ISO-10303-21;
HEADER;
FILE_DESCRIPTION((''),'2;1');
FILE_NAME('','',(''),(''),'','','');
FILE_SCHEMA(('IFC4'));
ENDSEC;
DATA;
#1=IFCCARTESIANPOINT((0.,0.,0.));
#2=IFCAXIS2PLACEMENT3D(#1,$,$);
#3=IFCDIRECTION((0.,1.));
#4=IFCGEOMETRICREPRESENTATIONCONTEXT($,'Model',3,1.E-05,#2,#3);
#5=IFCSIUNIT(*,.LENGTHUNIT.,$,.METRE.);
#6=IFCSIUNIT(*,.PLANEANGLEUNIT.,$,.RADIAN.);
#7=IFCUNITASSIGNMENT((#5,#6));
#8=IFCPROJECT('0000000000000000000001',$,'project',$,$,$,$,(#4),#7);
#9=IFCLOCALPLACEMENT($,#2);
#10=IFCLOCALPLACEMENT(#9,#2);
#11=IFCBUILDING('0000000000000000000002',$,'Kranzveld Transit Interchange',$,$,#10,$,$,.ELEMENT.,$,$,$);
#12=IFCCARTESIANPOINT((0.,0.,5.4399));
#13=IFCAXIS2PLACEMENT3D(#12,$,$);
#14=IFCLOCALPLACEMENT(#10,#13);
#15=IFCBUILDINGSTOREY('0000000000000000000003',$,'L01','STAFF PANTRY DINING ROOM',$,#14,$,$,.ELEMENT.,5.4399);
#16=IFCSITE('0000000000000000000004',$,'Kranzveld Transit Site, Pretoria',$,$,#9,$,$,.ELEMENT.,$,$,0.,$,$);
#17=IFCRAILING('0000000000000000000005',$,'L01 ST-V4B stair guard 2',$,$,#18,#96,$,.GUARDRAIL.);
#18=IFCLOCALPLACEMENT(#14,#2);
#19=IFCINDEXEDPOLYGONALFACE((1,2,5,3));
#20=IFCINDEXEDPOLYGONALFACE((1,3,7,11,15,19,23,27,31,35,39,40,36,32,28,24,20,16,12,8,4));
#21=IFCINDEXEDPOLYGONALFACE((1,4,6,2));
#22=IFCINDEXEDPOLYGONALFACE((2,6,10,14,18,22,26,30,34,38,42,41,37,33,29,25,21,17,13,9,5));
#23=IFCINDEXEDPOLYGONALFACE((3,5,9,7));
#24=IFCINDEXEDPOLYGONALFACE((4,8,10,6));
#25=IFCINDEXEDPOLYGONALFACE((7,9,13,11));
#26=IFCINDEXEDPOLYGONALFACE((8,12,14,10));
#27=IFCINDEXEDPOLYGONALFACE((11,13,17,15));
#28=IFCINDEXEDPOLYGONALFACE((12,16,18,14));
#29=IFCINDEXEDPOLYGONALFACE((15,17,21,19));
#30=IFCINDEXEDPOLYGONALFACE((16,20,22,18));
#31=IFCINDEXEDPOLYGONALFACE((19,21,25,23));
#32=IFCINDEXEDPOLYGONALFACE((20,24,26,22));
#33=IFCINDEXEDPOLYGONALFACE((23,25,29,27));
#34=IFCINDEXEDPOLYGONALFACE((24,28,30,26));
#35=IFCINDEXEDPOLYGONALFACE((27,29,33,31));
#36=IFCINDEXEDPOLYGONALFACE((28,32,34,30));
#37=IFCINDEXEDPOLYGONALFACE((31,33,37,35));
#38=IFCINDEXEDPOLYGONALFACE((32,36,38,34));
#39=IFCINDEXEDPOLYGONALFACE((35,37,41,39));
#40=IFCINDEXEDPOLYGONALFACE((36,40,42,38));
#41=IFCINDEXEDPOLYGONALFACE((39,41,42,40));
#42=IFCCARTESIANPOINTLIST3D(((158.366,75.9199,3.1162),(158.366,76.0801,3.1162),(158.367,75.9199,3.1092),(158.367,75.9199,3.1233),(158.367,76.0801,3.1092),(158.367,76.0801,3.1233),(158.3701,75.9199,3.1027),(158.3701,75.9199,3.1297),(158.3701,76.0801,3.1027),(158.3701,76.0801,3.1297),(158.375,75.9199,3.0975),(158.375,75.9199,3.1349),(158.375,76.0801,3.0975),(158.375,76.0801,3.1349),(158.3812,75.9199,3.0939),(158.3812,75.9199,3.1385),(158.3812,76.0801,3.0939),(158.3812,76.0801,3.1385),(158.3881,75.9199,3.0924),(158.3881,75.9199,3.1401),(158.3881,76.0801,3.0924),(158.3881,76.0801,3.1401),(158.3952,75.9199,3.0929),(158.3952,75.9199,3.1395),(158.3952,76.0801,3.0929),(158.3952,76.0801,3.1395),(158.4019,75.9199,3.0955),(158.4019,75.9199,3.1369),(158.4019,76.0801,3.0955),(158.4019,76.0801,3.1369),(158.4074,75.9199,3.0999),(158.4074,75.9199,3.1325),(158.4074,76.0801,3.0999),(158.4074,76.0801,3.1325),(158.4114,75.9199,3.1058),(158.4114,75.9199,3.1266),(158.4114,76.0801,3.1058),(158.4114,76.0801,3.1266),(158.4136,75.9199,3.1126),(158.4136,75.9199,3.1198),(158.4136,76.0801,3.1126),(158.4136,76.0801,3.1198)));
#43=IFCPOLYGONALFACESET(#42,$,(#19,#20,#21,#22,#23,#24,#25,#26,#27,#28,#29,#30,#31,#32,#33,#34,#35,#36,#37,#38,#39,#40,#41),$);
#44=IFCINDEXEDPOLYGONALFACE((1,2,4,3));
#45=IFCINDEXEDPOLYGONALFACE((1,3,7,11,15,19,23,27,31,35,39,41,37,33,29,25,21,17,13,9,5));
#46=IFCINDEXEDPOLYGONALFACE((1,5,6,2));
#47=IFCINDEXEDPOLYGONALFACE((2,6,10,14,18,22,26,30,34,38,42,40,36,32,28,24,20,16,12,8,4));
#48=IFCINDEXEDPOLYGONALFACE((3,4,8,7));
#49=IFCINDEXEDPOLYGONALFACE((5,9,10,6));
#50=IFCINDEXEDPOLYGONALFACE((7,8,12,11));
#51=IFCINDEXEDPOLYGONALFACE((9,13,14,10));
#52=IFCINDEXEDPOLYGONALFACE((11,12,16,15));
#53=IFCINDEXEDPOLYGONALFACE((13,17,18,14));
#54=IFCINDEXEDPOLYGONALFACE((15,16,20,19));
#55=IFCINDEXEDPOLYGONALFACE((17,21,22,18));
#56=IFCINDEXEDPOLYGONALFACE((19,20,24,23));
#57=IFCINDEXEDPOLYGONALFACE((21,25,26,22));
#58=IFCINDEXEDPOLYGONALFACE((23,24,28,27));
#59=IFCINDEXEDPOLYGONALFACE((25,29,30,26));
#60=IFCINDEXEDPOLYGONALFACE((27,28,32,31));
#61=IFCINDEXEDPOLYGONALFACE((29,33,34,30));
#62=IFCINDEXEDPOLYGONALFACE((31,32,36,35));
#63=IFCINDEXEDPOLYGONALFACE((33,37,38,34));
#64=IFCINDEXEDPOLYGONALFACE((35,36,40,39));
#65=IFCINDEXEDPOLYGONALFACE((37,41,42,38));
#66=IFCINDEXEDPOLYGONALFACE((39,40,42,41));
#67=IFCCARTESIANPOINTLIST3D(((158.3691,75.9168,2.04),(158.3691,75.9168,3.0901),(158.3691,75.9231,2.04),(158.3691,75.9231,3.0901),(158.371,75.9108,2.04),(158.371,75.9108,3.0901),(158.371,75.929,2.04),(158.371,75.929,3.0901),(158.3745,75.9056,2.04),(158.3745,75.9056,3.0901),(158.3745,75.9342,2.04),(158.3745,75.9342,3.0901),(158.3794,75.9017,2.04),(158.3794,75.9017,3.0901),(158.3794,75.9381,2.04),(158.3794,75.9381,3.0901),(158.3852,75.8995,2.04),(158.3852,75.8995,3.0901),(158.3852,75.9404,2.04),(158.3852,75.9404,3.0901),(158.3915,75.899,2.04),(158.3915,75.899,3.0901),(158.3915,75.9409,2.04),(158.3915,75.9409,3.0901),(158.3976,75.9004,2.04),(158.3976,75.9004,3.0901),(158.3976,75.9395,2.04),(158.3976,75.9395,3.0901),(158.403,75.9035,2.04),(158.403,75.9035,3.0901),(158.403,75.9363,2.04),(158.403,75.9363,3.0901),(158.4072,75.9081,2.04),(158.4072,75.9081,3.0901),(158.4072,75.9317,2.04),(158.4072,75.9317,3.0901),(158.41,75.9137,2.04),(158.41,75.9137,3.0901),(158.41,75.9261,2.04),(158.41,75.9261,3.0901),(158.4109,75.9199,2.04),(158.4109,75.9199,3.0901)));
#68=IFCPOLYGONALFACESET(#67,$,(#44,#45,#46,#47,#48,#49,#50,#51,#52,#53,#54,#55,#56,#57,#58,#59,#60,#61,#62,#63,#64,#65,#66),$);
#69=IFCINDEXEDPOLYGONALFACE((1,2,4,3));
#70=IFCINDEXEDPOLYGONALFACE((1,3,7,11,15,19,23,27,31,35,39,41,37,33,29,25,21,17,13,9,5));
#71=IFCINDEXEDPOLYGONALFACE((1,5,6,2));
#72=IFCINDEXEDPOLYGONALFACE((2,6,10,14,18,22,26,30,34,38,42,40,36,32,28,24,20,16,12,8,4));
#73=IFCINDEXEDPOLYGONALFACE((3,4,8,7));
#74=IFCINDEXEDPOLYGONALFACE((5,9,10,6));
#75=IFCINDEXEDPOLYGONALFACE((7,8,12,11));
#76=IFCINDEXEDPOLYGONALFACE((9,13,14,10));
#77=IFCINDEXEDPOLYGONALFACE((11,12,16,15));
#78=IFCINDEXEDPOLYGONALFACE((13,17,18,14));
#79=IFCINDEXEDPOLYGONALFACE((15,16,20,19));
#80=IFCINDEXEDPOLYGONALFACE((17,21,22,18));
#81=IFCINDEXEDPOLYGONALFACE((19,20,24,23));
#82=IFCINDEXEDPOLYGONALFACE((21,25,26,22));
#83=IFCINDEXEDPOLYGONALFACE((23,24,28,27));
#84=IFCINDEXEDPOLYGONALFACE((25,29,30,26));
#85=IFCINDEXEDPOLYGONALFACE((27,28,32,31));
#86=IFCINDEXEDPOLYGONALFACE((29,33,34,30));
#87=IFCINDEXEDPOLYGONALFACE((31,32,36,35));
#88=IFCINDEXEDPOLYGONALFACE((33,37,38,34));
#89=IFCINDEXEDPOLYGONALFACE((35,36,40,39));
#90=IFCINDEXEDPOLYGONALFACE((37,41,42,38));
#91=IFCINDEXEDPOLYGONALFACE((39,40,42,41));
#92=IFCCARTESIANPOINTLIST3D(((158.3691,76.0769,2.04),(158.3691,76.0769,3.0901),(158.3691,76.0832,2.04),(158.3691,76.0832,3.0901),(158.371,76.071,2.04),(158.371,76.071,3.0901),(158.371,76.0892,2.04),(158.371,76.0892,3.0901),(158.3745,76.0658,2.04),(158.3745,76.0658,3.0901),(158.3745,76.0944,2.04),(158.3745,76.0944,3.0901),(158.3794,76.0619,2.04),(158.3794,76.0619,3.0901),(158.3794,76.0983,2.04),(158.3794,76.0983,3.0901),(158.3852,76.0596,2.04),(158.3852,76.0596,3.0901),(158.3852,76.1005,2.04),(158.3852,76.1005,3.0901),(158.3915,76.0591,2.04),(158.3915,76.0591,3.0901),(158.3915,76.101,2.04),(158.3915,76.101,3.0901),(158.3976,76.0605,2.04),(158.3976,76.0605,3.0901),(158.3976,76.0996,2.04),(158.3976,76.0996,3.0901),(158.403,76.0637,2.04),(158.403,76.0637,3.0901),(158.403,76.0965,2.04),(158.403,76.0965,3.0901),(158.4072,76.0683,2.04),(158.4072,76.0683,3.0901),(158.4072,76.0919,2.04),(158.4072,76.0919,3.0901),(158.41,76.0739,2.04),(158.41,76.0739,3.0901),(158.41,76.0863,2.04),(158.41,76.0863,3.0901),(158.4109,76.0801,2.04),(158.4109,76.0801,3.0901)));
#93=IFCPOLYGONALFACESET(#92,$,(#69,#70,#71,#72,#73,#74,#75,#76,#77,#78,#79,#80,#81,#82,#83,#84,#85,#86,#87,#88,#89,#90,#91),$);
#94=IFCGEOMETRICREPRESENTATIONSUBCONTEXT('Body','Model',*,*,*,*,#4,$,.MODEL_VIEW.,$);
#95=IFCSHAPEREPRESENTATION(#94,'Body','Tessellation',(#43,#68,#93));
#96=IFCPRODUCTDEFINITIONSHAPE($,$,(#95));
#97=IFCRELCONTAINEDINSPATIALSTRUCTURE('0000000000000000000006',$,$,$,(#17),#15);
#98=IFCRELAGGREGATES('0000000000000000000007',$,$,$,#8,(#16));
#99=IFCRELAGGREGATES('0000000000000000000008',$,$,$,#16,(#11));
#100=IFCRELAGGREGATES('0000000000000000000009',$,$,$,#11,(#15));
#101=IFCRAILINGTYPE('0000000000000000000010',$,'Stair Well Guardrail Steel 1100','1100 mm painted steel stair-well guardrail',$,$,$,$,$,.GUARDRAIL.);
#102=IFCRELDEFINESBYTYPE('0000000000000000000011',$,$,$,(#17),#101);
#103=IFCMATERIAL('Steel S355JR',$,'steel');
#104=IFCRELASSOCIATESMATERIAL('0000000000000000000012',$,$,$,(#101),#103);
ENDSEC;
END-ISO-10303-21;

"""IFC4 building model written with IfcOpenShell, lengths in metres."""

from ifc_helpers import new_model, si_unit, direction, frame, origin, origin_2d, place, context, subcontext, project, spatial, circle, extrude, material, type_object, element, save


model = new_model("IFC4")

# Units and contexts
model_context = context("Model", 3, precision=1e-05, world=origin(), true_north=direction((0.0, 1.0)))
body_context = subcontext(model_context, "Body", "Model", "MODEL_VIEW")
ifc_project = project(units=[si_unit("LENGTHUNIT", "METRE"), si_unit("PLANEANGLEUNIT", "RADIAN")], contexts=[model_context])

# Site, building, storey
site_placement = place(None, origin())
site = spatial("IfcSite", under=ifc_project, at=site_placement, Name="Kranzveld Transit Site, Pretoria", CompositionType="ELEMENT", RefElevation=0.0)
building_placement = place(site_placement, origin())
building = spatial("IfcBuilding", under=site, at=building_placement, Name="Kranzveld Transit Interchange", CompositionType="ELEMENT")
storey_placement = place(building_placement, frame((0.0, 0.0, 5.4399)))
storey = spatial("IfcBuildingStorey", under=building, at=storey_placement, Name="L01", Description="STAFF PANTRY DINING ROOM", CompositionType="ELEMENT", Elevation=5.4399)

# Railing
ifc_material_1 = material(Name="Steel S355JR", Category="steel")
railing_type_1 = type_object("IfcRailingType", Name="Stair Well Guardrail Steel 1100", Description="1100 mm painted steel stair-well guardrail", PredefinedType="GUARDRAIL", material=ifc_material_1)
railing_1_placement = place(storey_placement, frame((158.3899, 75.9199, 2.04)))
element("IfcRailing", 1, at=railing_1_placement, inside=storey, type_object=railing_type_1, Name="L01 ST-V4B stair guard 2", PredefinedType="GUARDRAIL", context=body_context, shape_type="SweptSolid", body=[
    extrude(circle(Radius=0.0239, at=origin_2d()), frame((0.0, 0.0, 1.0762), z_axis=(0.0, 1.0, 0.0), x_axis=(-1.0, 0.0, 0.0)), (0.0, 0.0, 1.0), 0.1602),
    extrude(circle(Radius=0.021, at=origin_2d()), origin(), (0.0, 0.0, 1.0), 1.05),
    extrude(circle(Radius=0.021, at=origin_2d()), frame((0.0, 0.1602, 0.0)), (0.0, 0.0, 1.0), 1.05),
])

save(model, "model.ifc")
